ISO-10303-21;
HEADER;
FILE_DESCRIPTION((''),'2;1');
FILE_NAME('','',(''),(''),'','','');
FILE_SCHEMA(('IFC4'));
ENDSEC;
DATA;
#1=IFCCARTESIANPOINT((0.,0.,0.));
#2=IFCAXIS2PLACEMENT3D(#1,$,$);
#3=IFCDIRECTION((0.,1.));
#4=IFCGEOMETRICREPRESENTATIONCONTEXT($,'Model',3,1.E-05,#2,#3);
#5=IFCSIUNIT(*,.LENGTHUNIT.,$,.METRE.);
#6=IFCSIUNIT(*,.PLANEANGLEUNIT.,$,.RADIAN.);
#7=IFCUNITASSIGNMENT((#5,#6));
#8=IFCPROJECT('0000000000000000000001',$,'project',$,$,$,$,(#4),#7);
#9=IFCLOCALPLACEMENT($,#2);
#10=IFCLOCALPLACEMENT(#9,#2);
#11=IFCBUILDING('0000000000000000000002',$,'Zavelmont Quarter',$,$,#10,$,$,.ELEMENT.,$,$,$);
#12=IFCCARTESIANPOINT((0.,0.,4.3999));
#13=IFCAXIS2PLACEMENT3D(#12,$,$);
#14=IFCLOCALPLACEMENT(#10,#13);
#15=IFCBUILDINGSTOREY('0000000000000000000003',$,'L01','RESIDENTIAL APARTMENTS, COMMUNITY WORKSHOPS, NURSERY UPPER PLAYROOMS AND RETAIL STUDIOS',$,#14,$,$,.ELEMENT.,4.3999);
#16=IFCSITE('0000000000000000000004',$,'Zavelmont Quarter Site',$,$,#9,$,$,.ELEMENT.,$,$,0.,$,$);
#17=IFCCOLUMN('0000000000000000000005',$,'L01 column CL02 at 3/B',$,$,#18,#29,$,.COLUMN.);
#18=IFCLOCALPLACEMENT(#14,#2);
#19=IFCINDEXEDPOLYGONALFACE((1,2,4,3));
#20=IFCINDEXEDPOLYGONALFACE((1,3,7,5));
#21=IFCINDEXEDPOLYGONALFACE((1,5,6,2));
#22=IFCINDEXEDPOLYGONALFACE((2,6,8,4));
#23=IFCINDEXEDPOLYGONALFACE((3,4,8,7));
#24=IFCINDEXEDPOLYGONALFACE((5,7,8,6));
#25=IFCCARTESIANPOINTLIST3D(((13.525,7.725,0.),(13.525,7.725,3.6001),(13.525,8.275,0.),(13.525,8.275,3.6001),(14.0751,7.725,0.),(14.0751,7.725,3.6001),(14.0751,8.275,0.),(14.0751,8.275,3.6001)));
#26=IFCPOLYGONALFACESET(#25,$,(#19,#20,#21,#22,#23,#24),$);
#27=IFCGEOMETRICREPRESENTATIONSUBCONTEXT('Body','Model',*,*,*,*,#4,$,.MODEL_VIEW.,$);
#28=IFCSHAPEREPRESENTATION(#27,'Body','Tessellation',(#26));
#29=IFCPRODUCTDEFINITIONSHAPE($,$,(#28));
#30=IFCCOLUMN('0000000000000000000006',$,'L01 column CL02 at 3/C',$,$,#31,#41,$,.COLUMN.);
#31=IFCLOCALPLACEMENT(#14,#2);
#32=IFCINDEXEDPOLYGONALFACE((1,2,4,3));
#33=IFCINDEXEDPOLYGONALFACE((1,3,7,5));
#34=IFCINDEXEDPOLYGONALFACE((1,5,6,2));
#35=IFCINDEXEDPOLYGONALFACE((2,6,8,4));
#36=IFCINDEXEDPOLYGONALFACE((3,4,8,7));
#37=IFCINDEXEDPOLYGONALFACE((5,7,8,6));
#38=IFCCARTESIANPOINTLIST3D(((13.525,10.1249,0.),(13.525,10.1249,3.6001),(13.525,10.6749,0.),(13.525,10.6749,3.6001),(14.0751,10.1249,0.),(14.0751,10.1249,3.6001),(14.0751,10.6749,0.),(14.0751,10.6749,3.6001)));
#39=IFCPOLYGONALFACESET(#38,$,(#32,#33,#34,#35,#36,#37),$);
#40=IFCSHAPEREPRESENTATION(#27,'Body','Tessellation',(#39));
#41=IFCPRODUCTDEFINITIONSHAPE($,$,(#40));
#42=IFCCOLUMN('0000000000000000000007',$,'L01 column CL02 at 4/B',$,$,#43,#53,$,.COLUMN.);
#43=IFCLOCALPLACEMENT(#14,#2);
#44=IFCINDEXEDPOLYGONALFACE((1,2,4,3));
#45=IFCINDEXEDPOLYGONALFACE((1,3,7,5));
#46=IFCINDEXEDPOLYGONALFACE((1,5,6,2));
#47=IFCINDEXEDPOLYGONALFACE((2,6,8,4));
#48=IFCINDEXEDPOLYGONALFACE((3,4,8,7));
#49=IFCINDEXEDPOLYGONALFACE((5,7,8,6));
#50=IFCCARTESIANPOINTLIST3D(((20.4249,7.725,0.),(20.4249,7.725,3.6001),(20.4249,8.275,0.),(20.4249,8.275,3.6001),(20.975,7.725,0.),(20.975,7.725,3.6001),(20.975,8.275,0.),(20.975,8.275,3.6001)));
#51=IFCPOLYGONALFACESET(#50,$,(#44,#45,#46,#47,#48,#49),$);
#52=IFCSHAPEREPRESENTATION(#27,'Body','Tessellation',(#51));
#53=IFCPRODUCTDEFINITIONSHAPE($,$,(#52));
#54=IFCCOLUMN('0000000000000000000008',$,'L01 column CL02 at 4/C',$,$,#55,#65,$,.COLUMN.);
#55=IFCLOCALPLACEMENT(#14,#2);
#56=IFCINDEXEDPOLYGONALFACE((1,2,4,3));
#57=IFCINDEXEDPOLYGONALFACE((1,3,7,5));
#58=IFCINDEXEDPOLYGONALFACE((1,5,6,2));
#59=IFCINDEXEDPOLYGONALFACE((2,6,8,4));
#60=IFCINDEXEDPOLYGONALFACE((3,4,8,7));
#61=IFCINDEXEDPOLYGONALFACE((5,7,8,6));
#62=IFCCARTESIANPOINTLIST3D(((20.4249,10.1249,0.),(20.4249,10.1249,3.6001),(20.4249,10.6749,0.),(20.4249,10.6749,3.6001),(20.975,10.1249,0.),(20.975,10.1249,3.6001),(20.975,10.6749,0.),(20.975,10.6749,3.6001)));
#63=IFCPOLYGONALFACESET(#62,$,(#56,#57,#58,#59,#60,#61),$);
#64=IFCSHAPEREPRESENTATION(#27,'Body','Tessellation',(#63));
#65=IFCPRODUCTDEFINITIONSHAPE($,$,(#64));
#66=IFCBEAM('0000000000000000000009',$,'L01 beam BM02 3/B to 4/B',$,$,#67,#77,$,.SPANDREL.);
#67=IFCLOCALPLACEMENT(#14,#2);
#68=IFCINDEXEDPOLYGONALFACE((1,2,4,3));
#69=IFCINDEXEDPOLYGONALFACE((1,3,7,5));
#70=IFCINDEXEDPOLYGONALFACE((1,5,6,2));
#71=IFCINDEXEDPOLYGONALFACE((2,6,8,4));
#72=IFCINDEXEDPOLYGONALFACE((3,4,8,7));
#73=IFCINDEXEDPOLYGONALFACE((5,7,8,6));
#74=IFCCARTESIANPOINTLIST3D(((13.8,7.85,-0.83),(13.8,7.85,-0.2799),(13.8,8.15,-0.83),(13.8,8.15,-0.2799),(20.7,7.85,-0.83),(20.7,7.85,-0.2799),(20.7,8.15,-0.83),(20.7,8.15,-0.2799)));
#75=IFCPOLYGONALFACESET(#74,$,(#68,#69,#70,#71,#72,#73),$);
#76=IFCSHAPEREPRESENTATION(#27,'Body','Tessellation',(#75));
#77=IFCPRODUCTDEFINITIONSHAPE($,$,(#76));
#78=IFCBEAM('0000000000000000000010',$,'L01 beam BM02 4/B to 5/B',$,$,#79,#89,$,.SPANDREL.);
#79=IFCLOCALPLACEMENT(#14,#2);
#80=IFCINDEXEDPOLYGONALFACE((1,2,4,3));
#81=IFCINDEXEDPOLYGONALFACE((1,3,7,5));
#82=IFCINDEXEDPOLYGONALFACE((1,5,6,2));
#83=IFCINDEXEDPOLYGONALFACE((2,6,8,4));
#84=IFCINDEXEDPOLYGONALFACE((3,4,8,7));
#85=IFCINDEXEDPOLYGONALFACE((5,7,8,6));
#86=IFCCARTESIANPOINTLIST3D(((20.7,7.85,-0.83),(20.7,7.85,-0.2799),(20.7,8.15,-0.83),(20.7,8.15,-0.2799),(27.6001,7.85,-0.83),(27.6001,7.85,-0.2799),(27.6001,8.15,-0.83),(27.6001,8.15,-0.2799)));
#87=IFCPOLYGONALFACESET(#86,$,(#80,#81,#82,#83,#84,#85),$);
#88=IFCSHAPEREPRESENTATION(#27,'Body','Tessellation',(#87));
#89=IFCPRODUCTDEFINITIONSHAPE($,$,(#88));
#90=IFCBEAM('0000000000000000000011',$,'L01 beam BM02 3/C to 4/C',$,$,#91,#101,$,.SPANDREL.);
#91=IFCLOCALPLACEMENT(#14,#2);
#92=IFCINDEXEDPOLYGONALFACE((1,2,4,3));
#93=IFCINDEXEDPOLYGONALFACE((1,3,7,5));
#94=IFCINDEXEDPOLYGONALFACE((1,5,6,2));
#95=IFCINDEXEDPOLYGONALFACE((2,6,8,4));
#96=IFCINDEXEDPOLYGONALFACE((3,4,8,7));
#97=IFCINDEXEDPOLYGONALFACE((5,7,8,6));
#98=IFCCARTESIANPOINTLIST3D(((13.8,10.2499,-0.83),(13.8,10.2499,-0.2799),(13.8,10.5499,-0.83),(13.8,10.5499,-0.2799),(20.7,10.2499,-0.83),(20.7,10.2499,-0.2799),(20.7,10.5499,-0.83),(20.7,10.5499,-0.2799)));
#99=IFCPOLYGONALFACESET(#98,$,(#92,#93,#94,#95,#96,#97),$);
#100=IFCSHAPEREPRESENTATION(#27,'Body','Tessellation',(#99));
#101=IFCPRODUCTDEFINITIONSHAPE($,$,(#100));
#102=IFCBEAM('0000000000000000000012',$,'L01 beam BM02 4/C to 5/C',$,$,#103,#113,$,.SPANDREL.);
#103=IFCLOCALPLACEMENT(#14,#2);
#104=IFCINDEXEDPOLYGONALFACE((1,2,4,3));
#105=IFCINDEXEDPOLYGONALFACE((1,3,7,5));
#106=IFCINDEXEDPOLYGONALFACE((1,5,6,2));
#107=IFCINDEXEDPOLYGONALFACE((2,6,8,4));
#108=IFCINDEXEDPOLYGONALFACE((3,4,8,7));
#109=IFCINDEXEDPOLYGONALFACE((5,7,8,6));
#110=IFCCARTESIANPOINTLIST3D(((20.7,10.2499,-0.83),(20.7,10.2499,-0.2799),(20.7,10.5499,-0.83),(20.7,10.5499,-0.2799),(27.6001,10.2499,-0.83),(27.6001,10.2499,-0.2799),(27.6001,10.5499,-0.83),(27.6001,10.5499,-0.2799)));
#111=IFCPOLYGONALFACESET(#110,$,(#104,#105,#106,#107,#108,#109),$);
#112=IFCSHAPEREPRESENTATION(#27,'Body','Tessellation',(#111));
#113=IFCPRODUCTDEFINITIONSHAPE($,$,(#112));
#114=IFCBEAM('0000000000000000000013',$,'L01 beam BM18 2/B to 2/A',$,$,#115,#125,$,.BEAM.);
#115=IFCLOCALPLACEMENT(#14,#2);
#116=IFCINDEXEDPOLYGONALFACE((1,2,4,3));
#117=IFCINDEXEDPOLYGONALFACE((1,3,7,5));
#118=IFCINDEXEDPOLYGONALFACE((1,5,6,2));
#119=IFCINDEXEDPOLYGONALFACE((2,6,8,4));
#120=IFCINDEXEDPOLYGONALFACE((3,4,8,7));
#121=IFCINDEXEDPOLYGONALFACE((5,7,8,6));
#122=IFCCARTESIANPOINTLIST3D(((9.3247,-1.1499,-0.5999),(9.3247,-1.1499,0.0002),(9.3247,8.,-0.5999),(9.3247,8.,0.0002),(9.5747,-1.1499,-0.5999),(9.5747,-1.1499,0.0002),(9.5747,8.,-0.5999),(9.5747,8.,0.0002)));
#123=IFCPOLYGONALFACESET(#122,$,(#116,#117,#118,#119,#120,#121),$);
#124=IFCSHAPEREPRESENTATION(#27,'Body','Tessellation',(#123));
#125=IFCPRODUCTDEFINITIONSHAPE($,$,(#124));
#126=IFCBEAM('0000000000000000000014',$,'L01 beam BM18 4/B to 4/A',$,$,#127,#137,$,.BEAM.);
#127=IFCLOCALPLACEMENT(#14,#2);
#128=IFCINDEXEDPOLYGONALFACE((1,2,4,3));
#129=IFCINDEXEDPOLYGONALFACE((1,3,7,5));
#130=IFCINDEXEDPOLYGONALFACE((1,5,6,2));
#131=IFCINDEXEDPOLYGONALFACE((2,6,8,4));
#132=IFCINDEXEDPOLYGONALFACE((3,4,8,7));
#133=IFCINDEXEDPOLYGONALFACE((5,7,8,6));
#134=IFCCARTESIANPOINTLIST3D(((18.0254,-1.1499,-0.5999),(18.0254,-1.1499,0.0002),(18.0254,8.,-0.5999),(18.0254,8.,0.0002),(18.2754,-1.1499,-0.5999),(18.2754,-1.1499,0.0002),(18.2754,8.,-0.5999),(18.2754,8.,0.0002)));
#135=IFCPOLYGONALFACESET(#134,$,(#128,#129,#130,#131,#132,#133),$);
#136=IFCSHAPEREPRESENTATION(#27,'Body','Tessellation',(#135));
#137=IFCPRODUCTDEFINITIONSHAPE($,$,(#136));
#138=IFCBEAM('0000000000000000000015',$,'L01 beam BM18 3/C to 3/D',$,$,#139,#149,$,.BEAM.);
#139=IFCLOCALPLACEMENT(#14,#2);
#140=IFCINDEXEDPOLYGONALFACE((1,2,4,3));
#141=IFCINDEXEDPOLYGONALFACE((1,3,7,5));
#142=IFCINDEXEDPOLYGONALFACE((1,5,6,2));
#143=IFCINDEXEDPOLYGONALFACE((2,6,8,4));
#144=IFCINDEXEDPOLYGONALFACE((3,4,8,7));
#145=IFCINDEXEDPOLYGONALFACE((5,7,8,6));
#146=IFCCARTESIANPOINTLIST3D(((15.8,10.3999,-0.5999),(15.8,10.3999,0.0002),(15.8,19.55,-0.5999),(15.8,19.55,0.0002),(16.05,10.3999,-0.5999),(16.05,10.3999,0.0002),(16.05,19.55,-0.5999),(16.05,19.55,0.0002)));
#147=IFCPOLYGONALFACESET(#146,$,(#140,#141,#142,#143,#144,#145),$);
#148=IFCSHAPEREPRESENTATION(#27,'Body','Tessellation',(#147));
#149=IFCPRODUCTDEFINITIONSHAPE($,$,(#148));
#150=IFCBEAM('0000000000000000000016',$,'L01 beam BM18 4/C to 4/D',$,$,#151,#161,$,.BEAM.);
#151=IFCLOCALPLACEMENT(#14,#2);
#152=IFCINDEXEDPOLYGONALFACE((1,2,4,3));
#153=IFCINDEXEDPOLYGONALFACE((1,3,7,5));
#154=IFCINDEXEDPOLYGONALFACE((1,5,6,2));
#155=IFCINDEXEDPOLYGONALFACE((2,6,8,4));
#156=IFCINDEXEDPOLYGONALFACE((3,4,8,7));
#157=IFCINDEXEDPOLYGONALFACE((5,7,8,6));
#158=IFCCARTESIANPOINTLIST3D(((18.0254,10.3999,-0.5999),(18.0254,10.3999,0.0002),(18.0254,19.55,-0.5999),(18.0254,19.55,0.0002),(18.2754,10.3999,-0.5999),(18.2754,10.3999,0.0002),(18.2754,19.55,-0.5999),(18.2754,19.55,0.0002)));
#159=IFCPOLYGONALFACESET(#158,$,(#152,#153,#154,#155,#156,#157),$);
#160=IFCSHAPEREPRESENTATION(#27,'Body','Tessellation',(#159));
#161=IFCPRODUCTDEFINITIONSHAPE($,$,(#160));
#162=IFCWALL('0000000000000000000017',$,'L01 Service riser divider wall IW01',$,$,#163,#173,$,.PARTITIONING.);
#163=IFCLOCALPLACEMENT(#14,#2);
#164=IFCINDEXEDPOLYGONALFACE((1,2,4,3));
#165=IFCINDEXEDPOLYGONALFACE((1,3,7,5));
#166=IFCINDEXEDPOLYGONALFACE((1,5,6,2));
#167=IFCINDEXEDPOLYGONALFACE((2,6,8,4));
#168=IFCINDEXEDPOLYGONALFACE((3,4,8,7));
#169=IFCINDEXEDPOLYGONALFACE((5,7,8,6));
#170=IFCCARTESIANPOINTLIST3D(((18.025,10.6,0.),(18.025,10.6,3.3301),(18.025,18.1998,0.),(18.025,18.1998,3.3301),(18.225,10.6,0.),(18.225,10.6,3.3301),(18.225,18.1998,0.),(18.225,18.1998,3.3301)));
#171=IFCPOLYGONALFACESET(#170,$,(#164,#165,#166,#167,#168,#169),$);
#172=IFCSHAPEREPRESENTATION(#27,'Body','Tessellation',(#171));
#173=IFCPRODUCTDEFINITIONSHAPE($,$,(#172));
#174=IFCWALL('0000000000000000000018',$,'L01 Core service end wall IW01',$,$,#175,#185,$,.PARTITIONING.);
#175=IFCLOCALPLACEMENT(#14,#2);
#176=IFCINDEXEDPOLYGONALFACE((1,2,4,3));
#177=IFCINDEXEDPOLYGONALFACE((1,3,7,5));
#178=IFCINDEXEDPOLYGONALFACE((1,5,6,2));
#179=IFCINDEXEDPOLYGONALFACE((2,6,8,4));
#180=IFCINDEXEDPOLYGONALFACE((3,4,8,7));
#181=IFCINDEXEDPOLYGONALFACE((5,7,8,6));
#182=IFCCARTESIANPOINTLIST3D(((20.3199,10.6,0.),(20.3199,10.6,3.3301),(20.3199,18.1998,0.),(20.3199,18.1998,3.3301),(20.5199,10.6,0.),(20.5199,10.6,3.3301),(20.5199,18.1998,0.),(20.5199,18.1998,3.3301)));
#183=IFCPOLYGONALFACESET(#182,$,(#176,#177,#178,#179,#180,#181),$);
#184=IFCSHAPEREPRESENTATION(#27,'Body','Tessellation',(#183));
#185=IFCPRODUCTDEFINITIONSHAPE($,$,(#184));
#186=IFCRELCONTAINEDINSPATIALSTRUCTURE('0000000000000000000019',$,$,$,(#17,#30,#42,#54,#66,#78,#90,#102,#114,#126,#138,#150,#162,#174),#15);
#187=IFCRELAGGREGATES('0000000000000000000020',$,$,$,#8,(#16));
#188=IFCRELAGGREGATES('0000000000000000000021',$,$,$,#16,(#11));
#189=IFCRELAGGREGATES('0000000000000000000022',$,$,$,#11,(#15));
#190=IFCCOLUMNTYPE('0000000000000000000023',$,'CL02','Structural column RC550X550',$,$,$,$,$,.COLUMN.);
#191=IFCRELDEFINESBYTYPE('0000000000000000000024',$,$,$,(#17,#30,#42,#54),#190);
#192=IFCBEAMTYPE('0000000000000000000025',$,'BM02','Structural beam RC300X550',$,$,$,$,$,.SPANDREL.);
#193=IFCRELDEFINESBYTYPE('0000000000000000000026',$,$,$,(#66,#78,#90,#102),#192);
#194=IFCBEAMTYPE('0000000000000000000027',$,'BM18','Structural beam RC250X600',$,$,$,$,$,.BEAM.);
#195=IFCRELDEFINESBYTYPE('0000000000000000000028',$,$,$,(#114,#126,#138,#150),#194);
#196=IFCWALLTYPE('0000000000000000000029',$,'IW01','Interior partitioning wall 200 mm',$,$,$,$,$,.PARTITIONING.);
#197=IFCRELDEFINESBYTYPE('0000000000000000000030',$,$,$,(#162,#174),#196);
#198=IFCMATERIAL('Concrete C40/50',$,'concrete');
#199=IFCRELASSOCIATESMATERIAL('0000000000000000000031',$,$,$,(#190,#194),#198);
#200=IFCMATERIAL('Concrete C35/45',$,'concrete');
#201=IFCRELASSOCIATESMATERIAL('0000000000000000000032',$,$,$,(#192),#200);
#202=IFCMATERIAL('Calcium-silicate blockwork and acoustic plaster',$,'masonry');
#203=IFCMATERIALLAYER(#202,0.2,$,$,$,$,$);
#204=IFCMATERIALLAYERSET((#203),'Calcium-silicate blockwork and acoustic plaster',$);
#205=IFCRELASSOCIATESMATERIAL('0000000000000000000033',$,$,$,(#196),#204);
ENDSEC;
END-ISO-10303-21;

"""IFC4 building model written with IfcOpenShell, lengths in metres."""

from ifc_helpers import new_model, si_unit, direction, frame, frame_2d, origin, origin_2d, place, context, subcontext, project, spatial, rectangle, extrude, material, layer, layer_set, material_profile, profile_set, type_object, element, save


model = new_model("IFC4")

# Units and contexts
model_context = context("Model", 3, precision=1e-05, world=origin(), true_north=direction((0.0, 1.0)))
body_context = subcontext(model_context, "Body", "Model", "MODEL_VIEW")
ifc_project = project(units=[si_unit("LENGTHUNIT", "METRE"), si_unit("PLANEANGLEUNIT", "RADIAN")], contexts=[model_context])

# Site, building, storey
site_placement = place(None, origin())
site = spatial("IfcSite", under=ifc_project, at=site_placement, Name="Zavelmont Quarter Site", CompositionType="ELEMENT", RefElevation=0.0)
building_placement = place(site_placement, origin())
building = spatial("IfcBuilding", under=site, at=building_placement, Name="Zavelmont Quarter", CompositionType="ELEMENT")
storey_placement = place(building_placement, frame((0.0, 0.0, 4.3999)))
storey = spatial("IfcBuildingStorey", under=building, at=storey_placement, Name="L01", Description="RESIDENTIAL APARTMENTS, COMMUNITY WORKSHOPS, NURSERY UPPER PLAYROOMS AND RETAIL STUDIOS", CompositionType="ELEMENT", Elevation=4.3999)

# Columns
ifc_material_1 = material(Name="Concrete C40/50", Category="concrete")
ifc_material_profile_1 = material_profile(ifc_material_1, rectangle(XDim=0.55, YDim=0.55, at=origin_2d()), Name="RC550X550")
ifc_profile_set_1 = profile_set([ifc_material_profile_1], Name="Concrete C40/50")
column_type = type_object("IfcColumnType", Name="CL02", Description="Structural column RC550X550", PredefinedType="COLUMN", material=ifc_profile_set_1)
for number, where, z_axis, x_axis, name in (
    (1, (13.8, 8.0, 0.0), (0.0, 0.0, 1.0), (1.0, 0.0, 0.0), "L01 column CL02 at 3/B"),
    (2, (13.8, 10.3999, 0.0), (0.0, 0.0, 1.0), (1.0, 0.0, 0.0), "L01 column CL02 at 3/C"),
    (3, (20.7, 8.0, 0.0), (0.0, 0.0, 1.0), (1.0, 0.0, 0.0), "L01 column CL02 at 4/B"),
    (4, (20.7, 10.3999, 0.0), (0.0, 0.0, 1.0), (1.0, 0.0, 0.0), "L01 column CL02 at 4/C"),
):
    element("IfcColumn", number, at=place(storey_placement, frame(where, z_axis=z_axis, x_axis=x_axis)), inside=storey, type_object=column_type, Name=name, PredefinedType="COLUMN", context=body_context, shape_type="SweptSolid", body=[
        extrude(rectangle(XDim=0.55, YDim=0.55, at=origin_2d()), origin(), (0.0, 0.0, 1.0), 3.6001),
    ])

# Beams
ifc_material_2 = material(Name="Concrete C35/45", Category="concrete")
ifc_material_profile_2 = material_profile(ifc_material_2, rectangle(XDim=0.3, YDim=0.55, at=origin_2d()), Name="RC300X550")
ifc_profile_set_2 = profile_set([ifc_material_profile_2], Name="Concrete C35/45")
beam_type_1 = type_object("IfcBeamType", Name="BM02", Description="Structural beam RC300X550", PredefinedType="SPANDREL", material=ifc_profile_set_2)
beam_1_placement = place(storey_placement, frame((13.8, 8.0, -0.5549), z_axis=(1.0, 0.0, 0.0), x_axis=(0.0, 1.0, 0.0)))
element("IfcBeam", 5, at=beam_1_placement, inside=storey, type_object=beam_type_1, Name="L01 beam BM02 3/B to 4/B", PredefinedType="SPANDREL", context=body_context, shape_type="SweptSolid", body=[
    extrude(rectangle(XDim=0.3, YDim=0.55, at=origin_2d()), origin(), (0.0, 0.0, 1.0), 6.8999),
])
beam_2_placement = place(storey_placement, frame((20.7, 8.0, -0.5549), z_axis=(1.0, 0.0, 0.0), x_axis=(0.0, 1.0, 0.0)))
element("IfcBeam", 6, at=beam_2_placement, inside=storey, type_object=beam_type_1, Name="L01 beam BM02 4/B to 5/B", PredefinedType="SPANDREL", context=body_context, shape_type="SweptSolid", body=[
    extrude(rectangle(XDim=0.3, YDim=0.55, at=origin_2d()), origin(), (0.0, 0.0, 1.0), 6.9001),
])
beam_3_placement = place(storey_placement, frame((13.8, 10.3999, -0.5549), z_axis=(1.0, 0.0, 0.0), x_axis=(0.0, 1.0, 0.0)))
element("IfcBeam", 7, at=beam_3_placement, inside=storey, type_object=beam_type_1, Name="L01 beam BM02 3/C to 4/C", PredefinedType="SPANDREL", context=body_context, shape_type="SweptSolid", body=[
    extrude(rectangle(XDim=0.3, YDim=0.55, at=origin_2d()), origin(), (0.0, 0.0, 1.0), 6.8999),
])
beam_4_placement = place(storey_placement, frame((20.7, 10.3999, -0.5549), z_axis=(1.0, 0.0, 0.0), x_axis=(0.0, 1.0, 0.0)))
element("IfcBeam", 8, at=beam_4_placement, inside=storey, type_object=beam_type_1, Name="L01 beam BM02 4/C to 5/C", PredefinedType="SPANDREL", context=body_context, shape_type="SweptSolid", body=[
    extrude(rectangle(XDim=0.3, YDim=0.55, at=origin_2d()), origin(), (0.0, 0.0, 1.0), 6.9001),
])
ifc_material_profile_3 = material_profile(ifc_material_1, rectangle(XDim=0.25, YDim=0.6001, at=origin_2d()), Name="RC250X600")
ifc_profile_set_3 = profile_set([ifc_material_profile_3], Name="Concrete C40/50")
beam_type_2 = type_object("IfcBeamType", Name="BM18", Description="Structural beam RC250X600", PredefinedType="BEAM", material=ifc_profile_set_3)
for number, where, z_axis, x_axis, name in (
    (9, (9.4497, 8.0, -0.2998), (0.0, -1.0, 0.0), (1.0, 0.0, 0.0), "L01 beam BM18 2/B to 2/A"),
    (10, (18.1504, 8.0, -0.2998), (0.0, -1.0, 0.0), (1.0, 0.0, 0.0), "L01 beam BM18 4/B to 4/A"),
):
    element("IfcBeam", number, at=place(storey_placement, frame(where, z_axis=z_axis, x_axis=x_axis)), inside=storey, type_object=beam_type_2, Name=name, PredefinedType="BEAM", context=body_context, shape_type="SweptSolid", body=[
        extrude(rectangle(XDim=0.25, YDim=0.6001, at=origin_2d()), origin(), (0.0, 0.0, 1.0), 9.1499),
    ])
for number, where, z_axis, x_axis, name in (
    (11, (15.925, 10.3999, -0.2998), (0.0, 1.0, 0.0), (-1.0, 0.0, 0.0), "L01 beam BM18 3/C to 3/D"),
    (12, (18.1504, 10.3999, -0.2998), (0.0, 1.0, 0.0), (-1.0, 0.0, 0.0), "L01 beam BM18 4/C to 4/D"),
):
    element("IfcBeam", number, at=place(storey_placement, frame(where, z_axis=z_axis, x_axis=x_axis)), inside=storey, type_object=beam_type_2, Name=name, PredefinedType="BEAM", context=body_context, shape_type="SweptSolid", body=[
        extrude(rectangle(XDim=0.25, YDim=0.6001, at=origin_2d()), origin(), (0.0, 0.0, 1.0), 9.1501),
    ])

# Walls
ifc_material_3 = material(Name="Calcium-silicate blockwork and acoustic plaster", Category="masonry")
ifc_layer_1 = layer(ifc_material_3, 0.2)
ifc_layer_set_1 = layer_set([ifc_layer_1], Name="Calcium-silicate blockwork and acoustic plaster")
wall_type_1 = type_object("IfcWallType", Name="IW01", Description="Interior partitioning wall 200 mm", PredefinedType="PARTITIONING", material=ifc_layer_set_1)
for number, where, z_axis, x_axis, name in (
    (13, (18.125, 10.6001, 0.0), (0.0, 0.0, 1.0), (0.0, 1.0, 0.0), "L01 Service riser divider wall IW01"),
    (14, (20.4199, 10.6001, 0.0), (0.0, 0.0, 1.0), (0.0, 1.0, 0.0), "L01 Core service end wall IW01"),
):
    element("IfcWall", number, at=place(storey_placement, frame(where, z_axis=z_axis, x_axis=x_axis)), inside=storey, type_object=wall_type_1, Name=name, PredefinedType="PARTITIONING", context=body_context, shape_type="SweptSolid", body=[
        extrude(rectangle(XDim=7.5999, YDim=0.2, at=frame_2d((3.7998, 0.0))), origin(), (0.0, 0.0, 1.0), 3.3301),
    ])

save(model, "model.ifc")
